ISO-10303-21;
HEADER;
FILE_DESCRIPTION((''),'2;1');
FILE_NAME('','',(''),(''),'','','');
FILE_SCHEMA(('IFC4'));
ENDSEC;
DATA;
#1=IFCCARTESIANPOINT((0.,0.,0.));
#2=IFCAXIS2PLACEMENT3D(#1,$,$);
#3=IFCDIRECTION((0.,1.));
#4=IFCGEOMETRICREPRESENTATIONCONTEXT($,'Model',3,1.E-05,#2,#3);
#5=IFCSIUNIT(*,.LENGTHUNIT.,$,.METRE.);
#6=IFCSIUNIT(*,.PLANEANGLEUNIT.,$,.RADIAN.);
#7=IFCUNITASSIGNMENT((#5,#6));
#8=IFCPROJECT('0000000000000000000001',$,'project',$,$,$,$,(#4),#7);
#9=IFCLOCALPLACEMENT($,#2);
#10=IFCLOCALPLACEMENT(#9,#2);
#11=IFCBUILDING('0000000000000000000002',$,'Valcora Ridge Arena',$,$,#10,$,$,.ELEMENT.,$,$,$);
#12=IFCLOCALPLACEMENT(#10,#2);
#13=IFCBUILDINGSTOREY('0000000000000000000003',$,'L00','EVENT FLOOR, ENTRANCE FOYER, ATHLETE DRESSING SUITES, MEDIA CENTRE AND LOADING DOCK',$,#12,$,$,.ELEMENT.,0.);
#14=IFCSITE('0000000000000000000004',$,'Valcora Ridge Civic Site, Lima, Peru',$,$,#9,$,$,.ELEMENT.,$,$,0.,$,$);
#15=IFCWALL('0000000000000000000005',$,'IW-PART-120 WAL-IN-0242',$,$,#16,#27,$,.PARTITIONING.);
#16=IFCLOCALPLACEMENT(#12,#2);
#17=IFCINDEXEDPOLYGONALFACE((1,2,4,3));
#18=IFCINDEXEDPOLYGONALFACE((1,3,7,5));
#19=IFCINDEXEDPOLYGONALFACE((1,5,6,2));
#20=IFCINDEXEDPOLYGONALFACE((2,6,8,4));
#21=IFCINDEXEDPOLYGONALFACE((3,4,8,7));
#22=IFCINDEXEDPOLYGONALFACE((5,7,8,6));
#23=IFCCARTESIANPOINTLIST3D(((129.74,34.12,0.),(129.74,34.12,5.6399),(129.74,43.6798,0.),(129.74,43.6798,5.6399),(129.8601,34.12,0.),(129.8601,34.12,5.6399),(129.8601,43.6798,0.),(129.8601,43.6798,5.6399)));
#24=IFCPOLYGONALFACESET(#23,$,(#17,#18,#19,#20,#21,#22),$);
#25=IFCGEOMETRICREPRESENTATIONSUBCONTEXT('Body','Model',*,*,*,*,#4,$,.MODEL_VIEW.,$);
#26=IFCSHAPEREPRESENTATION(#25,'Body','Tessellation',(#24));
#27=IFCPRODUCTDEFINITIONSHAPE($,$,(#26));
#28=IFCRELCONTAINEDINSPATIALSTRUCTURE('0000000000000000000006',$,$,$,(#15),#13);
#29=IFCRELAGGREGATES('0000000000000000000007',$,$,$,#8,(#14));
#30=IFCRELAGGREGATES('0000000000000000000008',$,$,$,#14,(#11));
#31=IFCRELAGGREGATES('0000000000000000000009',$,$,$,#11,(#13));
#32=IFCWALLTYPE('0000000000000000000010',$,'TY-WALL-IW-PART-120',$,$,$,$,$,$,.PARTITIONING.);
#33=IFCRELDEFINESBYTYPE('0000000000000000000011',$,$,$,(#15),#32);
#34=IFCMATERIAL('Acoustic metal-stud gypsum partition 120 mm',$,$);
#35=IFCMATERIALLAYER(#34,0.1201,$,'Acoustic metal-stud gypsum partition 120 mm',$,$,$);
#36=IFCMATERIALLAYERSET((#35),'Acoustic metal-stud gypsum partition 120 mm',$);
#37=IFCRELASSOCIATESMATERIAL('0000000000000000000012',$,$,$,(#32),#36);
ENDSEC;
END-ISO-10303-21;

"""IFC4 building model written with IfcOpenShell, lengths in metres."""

from ifc_helpers import new_model, si_unit, direction, frame, frame_2d, origin, place, context, subcontext, project, spatial, rectangle, extrude, material, layer, layer_set, type_object, element, save


model = new_model("IFC4")

# Units and contexts
model_context = context("Model", 3, precision=1e-05, world=origin(), true_north=direction((0.0, 1.0)))
body_context = subcontext(model_context, "Body", "Model", "MODEL_VIEW")
ifc_project = project(units=[si_unit("LENGTHUNIT", "METRE"), si_unit("PLANEANGLEUNIT", "RADIAN")], contexts=[model_context])

# Site, building, storey
site_placement = place(None, origin())
site = spatial("IfcSite", under=ifc_project, at=site_placement, Name="Valcora Ridge Civic Site, Lima, Peru", CompositionType="ELEMENT", RefElevation=0.0)
building_placement = place(site_placement, origin())
building = spatial("IfcBuilding", under=site, at=building_placement, Name="Valcora Ridge Arena", CompositionType="ELEMENT")
storey_placement = place(building_placement, origin())
storey = spatial("IfcBuildingStorey", under=building, at=storey_placement, Name="L00", Description="EVENT FLOOR, ENTRANCE FOYER, ATHLETE DRESSING SUITES, MEDIA CENTRE AND LOADING DOCK", CompositionType="ELEMENT", Elevation=0.0)

# Shared definitions
ifc_material_1 = material(Name="Acoustic metal-stud gypsum partition 120 mm")
ifc_layer_1 = layer(ifc_material_1, 0.1201, Name="Acoustic metal-stud gypsum partition 120 mm")
ifc_layer_set_1 = layer_set([ifc_layer_1], Name="Acoustic metal-stud gypsum partition 120 mm")
wall_type = type_object("IfcWallType", Name="TY-WALL-IW-PART-120", PredefinedType="PARTITIONING", material=ifc_layer_set_1)

# Wall
for number, where, z_axis, x_axis, name in (
    (1, (129.8, 34.1201, 0.0), (0.0, 0.0, 1.0), (0.0, 1.0, 0.0), "IW-PART-120 WAL-IN-0242"),
):
    element("IfcWall", number, at=place(storey_placement, frame(where, z_axis=z_axis, x_axis=x_axis)), inside=storey, type_object=wall_type, Name=name, PredefinedType="PARTITIONING", context=body_context, shape_type="SweptSolid", body=[
        extrude(rectangle(XDim=9.5598, YDim=0.1201, at=frame_2d((4.7798, 0.0))), origin(), (0.0, 0.0, 1.0), 5.6399),
    ])

save(model, "model.ifc")
